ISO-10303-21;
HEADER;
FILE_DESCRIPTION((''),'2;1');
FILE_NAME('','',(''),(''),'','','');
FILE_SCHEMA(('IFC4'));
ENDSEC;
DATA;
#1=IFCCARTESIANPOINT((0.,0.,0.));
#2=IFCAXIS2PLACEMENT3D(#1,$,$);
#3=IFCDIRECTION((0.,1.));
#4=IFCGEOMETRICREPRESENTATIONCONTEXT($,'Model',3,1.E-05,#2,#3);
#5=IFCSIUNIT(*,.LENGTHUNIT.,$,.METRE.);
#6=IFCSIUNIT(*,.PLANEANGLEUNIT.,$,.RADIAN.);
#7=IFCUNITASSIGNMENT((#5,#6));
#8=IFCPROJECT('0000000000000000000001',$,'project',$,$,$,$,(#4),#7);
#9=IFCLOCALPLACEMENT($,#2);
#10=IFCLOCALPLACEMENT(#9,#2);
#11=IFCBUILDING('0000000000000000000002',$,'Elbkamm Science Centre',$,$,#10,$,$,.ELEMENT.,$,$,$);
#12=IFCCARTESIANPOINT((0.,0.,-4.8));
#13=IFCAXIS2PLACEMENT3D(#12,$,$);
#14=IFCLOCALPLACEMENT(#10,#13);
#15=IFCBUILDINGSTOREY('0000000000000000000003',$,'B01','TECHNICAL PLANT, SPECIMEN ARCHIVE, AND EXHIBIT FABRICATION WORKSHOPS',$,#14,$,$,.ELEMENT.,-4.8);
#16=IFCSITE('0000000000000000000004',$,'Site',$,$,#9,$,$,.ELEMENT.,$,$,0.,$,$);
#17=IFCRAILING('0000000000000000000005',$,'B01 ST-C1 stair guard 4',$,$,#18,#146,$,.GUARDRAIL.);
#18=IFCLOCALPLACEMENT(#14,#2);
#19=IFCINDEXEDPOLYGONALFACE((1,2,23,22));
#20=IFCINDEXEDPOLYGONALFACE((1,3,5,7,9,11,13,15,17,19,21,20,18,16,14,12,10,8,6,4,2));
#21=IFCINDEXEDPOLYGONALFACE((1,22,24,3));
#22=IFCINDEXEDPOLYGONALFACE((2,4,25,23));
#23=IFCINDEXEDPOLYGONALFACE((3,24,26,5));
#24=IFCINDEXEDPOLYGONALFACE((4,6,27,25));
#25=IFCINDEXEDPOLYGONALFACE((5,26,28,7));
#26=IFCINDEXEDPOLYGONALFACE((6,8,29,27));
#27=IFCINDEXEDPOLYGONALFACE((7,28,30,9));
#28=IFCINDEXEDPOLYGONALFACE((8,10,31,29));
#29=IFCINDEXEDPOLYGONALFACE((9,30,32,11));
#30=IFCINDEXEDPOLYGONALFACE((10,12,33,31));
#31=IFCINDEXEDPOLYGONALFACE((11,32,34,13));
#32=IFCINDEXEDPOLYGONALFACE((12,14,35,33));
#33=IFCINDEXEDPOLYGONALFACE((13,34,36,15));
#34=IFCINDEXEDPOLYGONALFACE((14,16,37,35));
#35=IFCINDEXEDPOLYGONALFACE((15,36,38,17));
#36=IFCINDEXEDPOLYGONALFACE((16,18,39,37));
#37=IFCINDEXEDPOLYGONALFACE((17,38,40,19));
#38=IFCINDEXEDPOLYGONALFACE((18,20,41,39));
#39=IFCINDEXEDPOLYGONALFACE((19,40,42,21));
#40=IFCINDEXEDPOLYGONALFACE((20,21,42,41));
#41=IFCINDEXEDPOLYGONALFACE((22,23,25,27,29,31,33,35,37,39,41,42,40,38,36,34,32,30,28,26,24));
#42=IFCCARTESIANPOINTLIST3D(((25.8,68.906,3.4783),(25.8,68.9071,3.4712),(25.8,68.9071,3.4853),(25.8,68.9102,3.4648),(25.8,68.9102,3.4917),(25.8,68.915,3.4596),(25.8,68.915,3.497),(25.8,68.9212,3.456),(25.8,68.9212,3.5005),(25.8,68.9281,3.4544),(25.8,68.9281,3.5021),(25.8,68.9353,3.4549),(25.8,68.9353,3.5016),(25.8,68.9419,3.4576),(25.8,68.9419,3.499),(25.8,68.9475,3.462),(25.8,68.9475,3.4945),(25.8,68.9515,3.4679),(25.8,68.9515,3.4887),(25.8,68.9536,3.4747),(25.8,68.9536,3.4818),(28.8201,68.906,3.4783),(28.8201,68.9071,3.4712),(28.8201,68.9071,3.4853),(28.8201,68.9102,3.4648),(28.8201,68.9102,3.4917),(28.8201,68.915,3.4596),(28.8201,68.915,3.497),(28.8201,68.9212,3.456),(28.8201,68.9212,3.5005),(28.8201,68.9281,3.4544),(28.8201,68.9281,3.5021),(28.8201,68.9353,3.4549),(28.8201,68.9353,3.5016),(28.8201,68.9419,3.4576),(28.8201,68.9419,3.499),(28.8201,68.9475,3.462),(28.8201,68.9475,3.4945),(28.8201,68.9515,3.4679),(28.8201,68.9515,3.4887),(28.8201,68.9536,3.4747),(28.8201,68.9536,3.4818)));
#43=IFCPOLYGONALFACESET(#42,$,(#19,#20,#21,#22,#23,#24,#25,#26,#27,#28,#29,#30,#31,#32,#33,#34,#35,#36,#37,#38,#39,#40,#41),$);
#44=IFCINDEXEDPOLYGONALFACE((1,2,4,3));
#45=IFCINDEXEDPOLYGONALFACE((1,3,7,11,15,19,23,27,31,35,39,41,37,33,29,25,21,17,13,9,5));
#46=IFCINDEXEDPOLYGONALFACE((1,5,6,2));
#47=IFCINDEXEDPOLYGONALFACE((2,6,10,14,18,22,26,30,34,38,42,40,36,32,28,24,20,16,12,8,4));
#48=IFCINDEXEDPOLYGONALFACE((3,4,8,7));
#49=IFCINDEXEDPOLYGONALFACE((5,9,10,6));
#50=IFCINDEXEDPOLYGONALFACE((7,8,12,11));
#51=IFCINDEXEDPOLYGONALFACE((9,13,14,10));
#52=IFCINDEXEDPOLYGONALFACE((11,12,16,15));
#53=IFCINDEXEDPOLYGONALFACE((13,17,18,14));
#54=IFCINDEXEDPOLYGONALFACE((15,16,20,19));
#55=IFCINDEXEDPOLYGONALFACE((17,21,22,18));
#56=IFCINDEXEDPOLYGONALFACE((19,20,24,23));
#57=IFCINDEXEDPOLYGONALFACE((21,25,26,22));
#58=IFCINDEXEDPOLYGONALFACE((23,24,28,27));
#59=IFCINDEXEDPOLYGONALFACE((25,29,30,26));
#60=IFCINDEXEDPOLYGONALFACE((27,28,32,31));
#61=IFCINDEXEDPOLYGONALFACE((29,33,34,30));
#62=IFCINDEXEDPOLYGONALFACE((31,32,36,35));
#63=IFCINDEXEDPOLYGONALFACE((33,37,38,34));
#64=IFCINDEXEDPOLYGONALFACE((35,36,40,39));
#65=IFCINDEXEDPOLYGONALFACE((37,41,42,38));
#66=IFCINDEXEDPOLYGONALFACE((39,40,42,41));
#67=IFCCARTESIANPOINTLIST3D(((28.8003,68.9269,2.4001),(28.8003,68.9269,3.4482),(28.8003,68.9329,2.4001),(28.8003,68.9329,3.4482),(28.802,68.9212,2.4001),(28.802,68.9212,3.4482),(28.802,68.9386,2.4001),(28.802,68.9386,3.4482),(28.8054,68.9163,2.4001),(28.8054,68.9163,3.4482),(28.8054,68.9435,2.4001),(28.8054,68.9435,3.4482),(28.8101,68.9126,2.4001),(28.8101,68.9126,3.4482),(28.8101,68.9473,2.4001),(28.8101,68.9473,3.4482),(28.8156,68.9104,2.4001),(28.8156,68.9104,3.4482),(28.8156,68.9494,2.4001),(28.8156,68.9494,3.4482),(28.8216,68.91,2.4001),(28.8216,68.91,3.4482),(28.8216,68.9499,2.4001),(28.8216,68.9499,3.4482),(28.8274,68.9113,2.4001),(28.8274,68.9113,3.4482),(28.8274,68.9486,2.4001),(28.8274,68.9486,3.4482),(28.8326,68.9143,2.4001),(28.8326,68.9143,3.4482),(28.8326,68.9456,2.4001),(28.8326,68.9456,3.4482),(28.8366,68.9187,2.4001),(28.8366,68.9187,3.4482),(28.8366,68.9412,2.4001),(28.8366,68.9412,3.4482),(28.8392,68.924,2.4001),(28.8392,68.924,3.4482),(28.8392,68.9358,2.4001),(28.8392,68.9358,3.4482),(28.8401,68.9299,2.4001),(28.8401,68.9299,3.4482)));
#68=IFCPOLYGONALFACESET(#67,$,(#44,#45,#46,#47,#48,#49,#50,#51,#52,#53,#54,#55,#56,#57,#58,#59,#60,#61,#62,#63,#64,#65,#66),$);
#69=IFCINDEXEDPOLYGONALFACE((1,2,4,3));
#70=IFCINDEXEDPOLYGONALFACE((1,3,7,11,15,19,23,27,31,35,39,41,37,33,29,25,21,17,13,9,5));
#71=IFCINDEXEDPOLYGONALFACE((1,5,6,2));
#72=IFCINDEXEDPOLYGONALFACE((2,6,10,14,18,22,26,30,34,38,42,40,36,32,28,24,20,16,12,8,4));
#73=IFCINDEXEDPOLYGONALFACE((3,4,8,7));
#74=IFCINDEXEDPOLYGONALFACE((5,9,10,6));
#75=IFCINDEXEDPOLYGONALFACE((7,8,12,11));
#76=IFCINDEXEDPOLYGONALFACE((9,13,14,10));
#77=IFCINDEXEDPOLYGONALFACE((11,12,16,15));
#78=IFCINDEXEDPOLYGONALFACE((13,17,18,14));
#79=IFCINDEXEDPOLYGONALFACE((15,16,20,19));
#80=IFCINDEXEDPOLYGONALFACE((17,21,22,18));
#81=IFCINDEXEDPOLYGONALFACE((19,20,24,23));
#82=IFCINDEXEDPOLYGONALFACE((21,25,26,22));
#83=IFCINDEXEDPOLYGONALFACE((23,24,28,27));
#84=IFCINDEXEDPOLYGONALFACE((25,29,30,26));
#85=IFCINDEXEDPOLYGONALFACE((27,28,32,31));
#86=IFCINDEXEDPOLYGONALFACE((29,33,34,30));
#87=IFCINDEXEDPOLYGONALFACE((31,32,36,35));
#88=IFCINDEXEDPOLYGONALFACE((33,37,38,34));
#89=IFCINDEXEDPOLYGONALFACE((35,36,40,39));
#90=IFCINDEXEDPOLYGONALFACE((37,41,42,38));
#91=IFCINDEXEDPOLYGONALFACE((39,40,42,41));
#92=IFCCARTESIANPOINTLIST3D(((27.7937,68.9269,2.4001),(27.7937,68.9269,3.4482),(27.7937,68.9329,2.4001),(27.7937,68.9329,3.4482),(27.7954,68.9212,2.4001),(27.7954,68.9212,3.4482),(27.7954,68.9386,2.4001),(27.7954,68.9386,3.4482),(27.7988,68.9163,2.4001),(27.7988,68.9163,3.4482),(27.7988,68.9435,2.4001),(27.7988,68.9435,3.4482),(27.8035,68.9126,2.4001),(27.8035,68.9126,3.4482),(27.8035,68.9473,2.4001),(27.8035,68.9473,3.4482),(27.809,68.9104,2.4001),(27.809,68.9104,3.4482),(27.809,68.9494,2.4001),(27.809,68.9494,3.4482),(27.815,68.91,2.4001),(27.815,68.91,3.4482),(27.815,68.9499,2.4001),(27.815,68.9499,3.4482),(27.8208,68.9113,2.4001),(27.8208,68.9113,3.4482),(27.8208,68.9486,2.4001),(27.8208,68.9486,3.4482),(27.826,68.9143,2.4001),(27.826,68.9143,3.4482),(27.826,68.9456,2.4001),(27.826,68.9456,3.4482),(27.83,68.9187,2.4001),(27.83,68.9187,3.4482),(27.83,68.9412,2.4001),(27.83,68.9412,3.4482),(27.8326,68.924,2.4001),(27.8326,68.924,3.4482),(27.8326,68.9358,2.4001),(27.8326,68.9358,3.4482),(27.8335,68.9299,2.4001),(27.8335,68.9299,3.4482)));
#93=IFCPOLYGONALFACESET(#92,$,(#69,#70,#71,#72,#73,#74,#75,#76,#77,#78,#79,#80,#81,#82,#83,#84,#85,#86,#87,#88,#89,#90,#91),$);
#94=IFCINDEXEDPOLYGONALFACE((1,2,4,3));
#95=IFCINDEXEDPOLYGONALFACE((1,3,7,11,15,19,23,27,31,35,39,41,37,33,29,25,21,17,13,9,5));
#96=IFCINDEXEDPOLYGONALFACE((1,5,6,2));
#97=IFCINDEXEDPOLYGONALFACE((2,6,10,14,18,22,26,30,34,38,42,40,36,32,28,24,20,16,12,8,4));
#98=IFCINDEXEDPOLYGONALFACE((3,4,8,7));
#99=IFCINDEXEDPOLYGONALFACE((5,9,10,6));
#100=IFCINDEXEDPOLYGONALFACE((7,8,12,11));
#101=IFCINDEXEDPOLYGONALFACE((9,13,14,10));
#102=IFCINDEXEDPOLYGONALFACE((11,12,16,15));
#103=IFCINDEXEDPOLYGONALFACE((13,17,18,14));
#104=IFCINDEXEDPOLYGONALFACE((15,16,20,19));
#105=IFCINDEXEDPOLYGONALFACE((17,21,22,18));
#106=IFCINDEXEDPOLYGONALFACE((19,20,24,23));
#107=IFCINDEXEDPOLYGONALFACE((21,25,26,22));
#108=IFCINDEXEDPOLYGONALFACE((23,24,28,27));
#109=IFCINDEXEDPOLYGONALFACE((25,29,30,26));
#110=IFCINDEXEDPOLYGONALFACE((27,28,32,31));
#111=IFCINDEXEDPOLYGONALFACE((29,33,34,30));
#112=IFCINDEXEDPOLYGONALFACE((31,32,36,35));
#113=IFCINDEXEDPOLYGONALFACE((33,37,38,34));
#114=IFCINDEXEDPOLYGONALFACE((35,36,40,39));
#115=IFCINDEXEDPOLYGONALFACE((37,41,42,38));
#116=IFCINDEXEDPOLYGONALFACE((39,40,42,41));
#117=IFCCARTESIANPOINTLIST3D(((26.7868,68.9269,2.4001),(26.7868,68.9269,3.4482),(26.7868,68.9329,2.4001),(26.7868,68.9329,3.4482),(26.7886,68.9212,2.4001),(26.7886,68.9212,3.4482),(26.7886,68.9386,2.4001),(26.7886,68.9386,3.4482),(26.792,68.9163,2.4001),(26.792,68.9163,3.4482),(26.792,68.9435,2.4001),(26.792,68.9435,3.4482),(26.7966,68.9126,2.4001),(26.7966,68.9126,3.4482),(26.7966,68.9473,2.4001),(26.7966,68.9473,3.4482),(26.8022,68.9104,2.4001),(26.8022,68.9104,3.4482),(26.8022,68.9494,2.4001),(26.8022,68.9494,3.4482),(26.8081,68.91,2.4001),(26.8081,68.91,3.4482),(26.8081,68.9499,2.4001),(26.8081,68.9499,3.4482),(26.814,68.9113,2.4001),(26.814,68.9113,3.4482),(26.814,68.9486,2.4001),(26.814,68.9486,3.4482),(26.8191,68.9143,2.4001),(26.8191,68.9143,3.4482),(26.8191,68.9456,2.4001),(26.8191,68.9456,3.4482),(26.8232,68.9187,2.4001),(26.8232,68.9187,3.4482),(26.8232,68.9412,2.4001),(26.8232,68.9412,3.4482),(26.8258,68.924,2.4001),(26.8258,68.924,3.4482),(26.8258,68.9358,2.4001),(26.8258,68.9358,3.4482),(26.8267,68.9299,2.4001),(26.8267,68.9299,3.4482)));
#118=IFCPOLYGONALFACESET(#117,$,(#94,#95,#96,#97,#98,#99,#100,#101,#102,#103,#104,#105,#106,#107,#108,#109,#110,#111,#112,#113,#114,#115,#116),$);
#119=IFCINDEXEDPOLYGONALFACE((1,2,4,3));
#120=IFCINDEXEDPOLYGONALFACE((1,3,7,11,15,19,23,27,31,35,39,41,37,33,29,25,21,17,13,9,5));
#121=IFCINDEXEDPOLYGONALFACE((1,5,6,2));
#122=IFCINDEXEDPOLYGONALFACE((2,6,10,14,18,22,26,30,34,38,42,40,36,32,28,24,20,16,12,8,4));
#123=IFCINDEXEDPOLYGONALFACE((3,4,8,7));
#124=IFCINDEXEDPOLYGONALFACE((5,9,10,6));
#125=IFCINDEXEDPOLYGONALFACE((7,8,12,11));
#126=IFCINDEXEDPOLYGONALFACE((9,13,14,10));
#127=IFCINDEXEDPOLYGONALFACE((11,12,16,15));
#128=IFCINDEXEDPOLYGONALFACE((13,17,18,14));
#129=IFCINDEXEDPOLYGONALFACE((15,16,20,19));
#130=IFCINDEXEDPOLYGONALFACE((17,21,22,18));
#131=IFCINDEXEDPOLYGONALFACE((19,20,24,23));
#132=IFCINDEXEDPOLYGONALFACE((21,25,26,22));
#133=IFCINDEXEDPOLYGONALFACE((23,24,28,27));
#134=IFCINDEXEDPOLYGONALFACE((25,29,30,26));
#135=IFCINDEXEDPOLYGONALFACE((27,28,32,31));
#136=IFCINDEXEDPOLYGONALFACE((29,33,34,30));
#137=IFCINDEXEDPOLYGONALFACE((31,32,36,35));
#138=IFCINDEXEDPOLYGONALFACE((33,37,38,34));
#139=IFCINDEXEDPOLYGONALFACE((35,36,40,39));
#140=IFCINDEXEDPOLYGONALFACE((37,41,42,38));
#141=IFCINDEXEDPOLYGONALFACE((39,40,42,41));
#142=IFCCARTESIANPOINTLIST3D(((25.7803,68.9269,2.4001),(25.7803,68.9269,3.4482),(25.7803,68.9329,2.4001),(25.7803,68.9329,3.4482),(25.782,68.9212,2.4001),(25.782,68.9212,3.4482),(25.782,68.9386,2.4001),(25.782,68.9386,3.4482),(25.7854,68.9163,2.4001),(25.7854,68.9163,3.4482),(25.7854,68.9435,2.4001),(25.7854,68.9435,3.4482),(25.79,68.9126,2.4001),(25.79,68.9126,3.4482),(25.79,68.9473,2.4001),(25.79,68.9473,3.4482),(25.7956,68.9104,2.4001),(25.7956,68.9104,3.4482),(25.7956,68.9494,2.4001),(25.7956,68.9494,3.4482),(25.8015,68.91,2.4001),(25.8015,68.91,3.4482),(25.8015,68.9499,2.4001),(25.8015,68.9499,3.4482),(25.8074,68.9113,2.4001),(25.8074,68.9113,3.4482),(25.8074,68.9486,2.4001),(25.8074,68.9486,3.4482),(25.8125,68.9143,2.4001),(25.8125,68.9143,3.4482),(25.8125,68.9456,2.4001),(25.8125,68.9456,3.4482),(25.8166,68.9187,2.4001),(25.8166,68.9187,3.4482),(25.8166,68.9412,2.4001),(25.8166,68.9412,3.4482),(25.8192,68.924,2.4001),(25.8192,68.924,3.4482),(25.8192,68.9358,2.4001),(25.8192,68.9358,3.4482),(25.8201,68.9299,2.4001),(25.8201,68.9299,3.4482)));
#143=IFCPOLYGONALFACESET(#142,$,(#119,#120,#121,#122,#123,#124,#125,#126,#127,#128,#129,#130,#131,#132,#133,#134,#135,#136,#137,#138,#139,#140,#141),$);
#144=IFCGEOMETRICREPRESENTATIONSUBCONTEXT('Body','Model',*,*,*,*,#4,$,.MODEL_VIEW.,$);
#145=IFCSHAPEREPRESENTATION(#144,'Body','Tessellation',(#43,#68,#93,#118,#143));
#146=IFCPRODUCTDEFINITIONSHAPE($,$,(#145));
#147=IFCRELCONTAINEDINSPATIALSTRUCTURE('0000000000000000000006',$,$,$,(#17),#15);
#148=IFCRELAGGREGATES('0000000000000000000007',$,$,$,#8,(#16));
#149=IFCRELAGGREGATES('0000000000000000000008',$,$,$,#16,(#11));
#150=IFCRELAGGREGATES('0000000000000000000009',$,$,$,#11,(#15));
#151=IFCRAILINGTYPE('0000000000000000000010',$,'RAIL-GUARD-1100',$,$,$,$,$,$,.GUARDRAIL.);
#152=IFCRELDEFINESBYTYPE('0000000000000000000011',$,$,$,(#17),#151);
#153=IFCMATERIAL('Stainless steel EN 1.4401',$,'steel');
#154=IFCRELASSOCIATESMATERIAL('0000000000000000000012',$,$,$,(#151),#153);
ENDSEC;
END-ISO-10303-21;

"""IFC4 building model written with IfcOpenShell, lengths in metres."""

from ifc_helpers import new_model, si_unit, direction, frame, origin, origin_2d, place, context, subcontext, project, spatial, circle, extrude, material, type_object, element, save


model = new_model("IFC4")

# Units and contexts
model_context = context("Model", 3, precision=1e-05, world=origin(), true_north=direction((0.0, 1.0)))
body_context = subcontext(model_context, "Body", "Model", "MODEL_VIEW")
ifc_project = project(units=[si_unit("LENGTHUNIT", "METRE"), si_unit("PLANEANGLEUNIT", "RADIAN")], contexts=[model_context])

# Site, building, storey
site_placement = place(None, origin())
site = spatial("IfcSite", under=ifc_project, at=site_placement, Name="Site", CompositionType="ELEMENT", RefElevation=0.0)
building_placement = place(site_placement, origin())
building = spatial("IfcBuilding", under=site, at=building_placement, Name="Elbkamm Science Centre", CompositionType="ELEMENT")
storey_placement = place(building_placement, frame((0.0, 0.0, -4.8)))
storey = spatial("IfcBuildingStorey", under=building, at=storey_placement, Name="B01", Description="TECHNICAL PLANT, SPECIMEN ARCHIVE, AND EXHIBIT FABRICATION WORKSHOPS", CompositionType="ELEMENT", Elevation=-4.8)

# Railing
ifc_material_1 = material(Name="Stainless steel EN 1.4401", Category="steel")
railing_type_1 = type_object("IfcRailingType", Name="RAIL-GUARD-1100", PredefinedType="GUARDRAIL", material=ifc_material_1)
for number, where, name in (
    (1, (28.8201, 68.9299, 2.4001), "B01 ST-C1 stair guard 4"),
):
    element("IfcRailing", number, at=place(storey_placement, frame(where)), inside=storey, type_object=railing_type_1, Name=name, PredefinedType="GUARDRAIL", context=body_context, shape_type="SweptSolid", body=[
        extrude(circle(Radius=0.0239, at=origin_2d()), frame((0.0, 0.0, 1.0781), z_axis=(-1.0, 0.0, 0.0), x_axis=(0.0, -1.0, 0.0)), (0.0, 0.0, 1.0), 3.02),
        extrude(circle(Radius=0.02, at=origin_2d()), origin(), (0.0, 0.0, 1.0), 1.0481),
        extrude(circle(Radius=0.02, at=origin_2d()), frame((-1.0066, 0.0, 0.0)), (0.0, 0.0, 1.0), 1.0481),
        extrude(circle(Radius=0.02, at=origin_2d()), frame((-2.0134, 0.0, 0.0)), (0.0, 0.0, 1.0), 1.0481),
        extrude(circle(Radius=0.02, at=origin_2d()), frame((-3.02, 0.0, 0.0)), (0.0, 0.0, 1.0), 1.0481),
    ])

save(model, "model.ifc")
